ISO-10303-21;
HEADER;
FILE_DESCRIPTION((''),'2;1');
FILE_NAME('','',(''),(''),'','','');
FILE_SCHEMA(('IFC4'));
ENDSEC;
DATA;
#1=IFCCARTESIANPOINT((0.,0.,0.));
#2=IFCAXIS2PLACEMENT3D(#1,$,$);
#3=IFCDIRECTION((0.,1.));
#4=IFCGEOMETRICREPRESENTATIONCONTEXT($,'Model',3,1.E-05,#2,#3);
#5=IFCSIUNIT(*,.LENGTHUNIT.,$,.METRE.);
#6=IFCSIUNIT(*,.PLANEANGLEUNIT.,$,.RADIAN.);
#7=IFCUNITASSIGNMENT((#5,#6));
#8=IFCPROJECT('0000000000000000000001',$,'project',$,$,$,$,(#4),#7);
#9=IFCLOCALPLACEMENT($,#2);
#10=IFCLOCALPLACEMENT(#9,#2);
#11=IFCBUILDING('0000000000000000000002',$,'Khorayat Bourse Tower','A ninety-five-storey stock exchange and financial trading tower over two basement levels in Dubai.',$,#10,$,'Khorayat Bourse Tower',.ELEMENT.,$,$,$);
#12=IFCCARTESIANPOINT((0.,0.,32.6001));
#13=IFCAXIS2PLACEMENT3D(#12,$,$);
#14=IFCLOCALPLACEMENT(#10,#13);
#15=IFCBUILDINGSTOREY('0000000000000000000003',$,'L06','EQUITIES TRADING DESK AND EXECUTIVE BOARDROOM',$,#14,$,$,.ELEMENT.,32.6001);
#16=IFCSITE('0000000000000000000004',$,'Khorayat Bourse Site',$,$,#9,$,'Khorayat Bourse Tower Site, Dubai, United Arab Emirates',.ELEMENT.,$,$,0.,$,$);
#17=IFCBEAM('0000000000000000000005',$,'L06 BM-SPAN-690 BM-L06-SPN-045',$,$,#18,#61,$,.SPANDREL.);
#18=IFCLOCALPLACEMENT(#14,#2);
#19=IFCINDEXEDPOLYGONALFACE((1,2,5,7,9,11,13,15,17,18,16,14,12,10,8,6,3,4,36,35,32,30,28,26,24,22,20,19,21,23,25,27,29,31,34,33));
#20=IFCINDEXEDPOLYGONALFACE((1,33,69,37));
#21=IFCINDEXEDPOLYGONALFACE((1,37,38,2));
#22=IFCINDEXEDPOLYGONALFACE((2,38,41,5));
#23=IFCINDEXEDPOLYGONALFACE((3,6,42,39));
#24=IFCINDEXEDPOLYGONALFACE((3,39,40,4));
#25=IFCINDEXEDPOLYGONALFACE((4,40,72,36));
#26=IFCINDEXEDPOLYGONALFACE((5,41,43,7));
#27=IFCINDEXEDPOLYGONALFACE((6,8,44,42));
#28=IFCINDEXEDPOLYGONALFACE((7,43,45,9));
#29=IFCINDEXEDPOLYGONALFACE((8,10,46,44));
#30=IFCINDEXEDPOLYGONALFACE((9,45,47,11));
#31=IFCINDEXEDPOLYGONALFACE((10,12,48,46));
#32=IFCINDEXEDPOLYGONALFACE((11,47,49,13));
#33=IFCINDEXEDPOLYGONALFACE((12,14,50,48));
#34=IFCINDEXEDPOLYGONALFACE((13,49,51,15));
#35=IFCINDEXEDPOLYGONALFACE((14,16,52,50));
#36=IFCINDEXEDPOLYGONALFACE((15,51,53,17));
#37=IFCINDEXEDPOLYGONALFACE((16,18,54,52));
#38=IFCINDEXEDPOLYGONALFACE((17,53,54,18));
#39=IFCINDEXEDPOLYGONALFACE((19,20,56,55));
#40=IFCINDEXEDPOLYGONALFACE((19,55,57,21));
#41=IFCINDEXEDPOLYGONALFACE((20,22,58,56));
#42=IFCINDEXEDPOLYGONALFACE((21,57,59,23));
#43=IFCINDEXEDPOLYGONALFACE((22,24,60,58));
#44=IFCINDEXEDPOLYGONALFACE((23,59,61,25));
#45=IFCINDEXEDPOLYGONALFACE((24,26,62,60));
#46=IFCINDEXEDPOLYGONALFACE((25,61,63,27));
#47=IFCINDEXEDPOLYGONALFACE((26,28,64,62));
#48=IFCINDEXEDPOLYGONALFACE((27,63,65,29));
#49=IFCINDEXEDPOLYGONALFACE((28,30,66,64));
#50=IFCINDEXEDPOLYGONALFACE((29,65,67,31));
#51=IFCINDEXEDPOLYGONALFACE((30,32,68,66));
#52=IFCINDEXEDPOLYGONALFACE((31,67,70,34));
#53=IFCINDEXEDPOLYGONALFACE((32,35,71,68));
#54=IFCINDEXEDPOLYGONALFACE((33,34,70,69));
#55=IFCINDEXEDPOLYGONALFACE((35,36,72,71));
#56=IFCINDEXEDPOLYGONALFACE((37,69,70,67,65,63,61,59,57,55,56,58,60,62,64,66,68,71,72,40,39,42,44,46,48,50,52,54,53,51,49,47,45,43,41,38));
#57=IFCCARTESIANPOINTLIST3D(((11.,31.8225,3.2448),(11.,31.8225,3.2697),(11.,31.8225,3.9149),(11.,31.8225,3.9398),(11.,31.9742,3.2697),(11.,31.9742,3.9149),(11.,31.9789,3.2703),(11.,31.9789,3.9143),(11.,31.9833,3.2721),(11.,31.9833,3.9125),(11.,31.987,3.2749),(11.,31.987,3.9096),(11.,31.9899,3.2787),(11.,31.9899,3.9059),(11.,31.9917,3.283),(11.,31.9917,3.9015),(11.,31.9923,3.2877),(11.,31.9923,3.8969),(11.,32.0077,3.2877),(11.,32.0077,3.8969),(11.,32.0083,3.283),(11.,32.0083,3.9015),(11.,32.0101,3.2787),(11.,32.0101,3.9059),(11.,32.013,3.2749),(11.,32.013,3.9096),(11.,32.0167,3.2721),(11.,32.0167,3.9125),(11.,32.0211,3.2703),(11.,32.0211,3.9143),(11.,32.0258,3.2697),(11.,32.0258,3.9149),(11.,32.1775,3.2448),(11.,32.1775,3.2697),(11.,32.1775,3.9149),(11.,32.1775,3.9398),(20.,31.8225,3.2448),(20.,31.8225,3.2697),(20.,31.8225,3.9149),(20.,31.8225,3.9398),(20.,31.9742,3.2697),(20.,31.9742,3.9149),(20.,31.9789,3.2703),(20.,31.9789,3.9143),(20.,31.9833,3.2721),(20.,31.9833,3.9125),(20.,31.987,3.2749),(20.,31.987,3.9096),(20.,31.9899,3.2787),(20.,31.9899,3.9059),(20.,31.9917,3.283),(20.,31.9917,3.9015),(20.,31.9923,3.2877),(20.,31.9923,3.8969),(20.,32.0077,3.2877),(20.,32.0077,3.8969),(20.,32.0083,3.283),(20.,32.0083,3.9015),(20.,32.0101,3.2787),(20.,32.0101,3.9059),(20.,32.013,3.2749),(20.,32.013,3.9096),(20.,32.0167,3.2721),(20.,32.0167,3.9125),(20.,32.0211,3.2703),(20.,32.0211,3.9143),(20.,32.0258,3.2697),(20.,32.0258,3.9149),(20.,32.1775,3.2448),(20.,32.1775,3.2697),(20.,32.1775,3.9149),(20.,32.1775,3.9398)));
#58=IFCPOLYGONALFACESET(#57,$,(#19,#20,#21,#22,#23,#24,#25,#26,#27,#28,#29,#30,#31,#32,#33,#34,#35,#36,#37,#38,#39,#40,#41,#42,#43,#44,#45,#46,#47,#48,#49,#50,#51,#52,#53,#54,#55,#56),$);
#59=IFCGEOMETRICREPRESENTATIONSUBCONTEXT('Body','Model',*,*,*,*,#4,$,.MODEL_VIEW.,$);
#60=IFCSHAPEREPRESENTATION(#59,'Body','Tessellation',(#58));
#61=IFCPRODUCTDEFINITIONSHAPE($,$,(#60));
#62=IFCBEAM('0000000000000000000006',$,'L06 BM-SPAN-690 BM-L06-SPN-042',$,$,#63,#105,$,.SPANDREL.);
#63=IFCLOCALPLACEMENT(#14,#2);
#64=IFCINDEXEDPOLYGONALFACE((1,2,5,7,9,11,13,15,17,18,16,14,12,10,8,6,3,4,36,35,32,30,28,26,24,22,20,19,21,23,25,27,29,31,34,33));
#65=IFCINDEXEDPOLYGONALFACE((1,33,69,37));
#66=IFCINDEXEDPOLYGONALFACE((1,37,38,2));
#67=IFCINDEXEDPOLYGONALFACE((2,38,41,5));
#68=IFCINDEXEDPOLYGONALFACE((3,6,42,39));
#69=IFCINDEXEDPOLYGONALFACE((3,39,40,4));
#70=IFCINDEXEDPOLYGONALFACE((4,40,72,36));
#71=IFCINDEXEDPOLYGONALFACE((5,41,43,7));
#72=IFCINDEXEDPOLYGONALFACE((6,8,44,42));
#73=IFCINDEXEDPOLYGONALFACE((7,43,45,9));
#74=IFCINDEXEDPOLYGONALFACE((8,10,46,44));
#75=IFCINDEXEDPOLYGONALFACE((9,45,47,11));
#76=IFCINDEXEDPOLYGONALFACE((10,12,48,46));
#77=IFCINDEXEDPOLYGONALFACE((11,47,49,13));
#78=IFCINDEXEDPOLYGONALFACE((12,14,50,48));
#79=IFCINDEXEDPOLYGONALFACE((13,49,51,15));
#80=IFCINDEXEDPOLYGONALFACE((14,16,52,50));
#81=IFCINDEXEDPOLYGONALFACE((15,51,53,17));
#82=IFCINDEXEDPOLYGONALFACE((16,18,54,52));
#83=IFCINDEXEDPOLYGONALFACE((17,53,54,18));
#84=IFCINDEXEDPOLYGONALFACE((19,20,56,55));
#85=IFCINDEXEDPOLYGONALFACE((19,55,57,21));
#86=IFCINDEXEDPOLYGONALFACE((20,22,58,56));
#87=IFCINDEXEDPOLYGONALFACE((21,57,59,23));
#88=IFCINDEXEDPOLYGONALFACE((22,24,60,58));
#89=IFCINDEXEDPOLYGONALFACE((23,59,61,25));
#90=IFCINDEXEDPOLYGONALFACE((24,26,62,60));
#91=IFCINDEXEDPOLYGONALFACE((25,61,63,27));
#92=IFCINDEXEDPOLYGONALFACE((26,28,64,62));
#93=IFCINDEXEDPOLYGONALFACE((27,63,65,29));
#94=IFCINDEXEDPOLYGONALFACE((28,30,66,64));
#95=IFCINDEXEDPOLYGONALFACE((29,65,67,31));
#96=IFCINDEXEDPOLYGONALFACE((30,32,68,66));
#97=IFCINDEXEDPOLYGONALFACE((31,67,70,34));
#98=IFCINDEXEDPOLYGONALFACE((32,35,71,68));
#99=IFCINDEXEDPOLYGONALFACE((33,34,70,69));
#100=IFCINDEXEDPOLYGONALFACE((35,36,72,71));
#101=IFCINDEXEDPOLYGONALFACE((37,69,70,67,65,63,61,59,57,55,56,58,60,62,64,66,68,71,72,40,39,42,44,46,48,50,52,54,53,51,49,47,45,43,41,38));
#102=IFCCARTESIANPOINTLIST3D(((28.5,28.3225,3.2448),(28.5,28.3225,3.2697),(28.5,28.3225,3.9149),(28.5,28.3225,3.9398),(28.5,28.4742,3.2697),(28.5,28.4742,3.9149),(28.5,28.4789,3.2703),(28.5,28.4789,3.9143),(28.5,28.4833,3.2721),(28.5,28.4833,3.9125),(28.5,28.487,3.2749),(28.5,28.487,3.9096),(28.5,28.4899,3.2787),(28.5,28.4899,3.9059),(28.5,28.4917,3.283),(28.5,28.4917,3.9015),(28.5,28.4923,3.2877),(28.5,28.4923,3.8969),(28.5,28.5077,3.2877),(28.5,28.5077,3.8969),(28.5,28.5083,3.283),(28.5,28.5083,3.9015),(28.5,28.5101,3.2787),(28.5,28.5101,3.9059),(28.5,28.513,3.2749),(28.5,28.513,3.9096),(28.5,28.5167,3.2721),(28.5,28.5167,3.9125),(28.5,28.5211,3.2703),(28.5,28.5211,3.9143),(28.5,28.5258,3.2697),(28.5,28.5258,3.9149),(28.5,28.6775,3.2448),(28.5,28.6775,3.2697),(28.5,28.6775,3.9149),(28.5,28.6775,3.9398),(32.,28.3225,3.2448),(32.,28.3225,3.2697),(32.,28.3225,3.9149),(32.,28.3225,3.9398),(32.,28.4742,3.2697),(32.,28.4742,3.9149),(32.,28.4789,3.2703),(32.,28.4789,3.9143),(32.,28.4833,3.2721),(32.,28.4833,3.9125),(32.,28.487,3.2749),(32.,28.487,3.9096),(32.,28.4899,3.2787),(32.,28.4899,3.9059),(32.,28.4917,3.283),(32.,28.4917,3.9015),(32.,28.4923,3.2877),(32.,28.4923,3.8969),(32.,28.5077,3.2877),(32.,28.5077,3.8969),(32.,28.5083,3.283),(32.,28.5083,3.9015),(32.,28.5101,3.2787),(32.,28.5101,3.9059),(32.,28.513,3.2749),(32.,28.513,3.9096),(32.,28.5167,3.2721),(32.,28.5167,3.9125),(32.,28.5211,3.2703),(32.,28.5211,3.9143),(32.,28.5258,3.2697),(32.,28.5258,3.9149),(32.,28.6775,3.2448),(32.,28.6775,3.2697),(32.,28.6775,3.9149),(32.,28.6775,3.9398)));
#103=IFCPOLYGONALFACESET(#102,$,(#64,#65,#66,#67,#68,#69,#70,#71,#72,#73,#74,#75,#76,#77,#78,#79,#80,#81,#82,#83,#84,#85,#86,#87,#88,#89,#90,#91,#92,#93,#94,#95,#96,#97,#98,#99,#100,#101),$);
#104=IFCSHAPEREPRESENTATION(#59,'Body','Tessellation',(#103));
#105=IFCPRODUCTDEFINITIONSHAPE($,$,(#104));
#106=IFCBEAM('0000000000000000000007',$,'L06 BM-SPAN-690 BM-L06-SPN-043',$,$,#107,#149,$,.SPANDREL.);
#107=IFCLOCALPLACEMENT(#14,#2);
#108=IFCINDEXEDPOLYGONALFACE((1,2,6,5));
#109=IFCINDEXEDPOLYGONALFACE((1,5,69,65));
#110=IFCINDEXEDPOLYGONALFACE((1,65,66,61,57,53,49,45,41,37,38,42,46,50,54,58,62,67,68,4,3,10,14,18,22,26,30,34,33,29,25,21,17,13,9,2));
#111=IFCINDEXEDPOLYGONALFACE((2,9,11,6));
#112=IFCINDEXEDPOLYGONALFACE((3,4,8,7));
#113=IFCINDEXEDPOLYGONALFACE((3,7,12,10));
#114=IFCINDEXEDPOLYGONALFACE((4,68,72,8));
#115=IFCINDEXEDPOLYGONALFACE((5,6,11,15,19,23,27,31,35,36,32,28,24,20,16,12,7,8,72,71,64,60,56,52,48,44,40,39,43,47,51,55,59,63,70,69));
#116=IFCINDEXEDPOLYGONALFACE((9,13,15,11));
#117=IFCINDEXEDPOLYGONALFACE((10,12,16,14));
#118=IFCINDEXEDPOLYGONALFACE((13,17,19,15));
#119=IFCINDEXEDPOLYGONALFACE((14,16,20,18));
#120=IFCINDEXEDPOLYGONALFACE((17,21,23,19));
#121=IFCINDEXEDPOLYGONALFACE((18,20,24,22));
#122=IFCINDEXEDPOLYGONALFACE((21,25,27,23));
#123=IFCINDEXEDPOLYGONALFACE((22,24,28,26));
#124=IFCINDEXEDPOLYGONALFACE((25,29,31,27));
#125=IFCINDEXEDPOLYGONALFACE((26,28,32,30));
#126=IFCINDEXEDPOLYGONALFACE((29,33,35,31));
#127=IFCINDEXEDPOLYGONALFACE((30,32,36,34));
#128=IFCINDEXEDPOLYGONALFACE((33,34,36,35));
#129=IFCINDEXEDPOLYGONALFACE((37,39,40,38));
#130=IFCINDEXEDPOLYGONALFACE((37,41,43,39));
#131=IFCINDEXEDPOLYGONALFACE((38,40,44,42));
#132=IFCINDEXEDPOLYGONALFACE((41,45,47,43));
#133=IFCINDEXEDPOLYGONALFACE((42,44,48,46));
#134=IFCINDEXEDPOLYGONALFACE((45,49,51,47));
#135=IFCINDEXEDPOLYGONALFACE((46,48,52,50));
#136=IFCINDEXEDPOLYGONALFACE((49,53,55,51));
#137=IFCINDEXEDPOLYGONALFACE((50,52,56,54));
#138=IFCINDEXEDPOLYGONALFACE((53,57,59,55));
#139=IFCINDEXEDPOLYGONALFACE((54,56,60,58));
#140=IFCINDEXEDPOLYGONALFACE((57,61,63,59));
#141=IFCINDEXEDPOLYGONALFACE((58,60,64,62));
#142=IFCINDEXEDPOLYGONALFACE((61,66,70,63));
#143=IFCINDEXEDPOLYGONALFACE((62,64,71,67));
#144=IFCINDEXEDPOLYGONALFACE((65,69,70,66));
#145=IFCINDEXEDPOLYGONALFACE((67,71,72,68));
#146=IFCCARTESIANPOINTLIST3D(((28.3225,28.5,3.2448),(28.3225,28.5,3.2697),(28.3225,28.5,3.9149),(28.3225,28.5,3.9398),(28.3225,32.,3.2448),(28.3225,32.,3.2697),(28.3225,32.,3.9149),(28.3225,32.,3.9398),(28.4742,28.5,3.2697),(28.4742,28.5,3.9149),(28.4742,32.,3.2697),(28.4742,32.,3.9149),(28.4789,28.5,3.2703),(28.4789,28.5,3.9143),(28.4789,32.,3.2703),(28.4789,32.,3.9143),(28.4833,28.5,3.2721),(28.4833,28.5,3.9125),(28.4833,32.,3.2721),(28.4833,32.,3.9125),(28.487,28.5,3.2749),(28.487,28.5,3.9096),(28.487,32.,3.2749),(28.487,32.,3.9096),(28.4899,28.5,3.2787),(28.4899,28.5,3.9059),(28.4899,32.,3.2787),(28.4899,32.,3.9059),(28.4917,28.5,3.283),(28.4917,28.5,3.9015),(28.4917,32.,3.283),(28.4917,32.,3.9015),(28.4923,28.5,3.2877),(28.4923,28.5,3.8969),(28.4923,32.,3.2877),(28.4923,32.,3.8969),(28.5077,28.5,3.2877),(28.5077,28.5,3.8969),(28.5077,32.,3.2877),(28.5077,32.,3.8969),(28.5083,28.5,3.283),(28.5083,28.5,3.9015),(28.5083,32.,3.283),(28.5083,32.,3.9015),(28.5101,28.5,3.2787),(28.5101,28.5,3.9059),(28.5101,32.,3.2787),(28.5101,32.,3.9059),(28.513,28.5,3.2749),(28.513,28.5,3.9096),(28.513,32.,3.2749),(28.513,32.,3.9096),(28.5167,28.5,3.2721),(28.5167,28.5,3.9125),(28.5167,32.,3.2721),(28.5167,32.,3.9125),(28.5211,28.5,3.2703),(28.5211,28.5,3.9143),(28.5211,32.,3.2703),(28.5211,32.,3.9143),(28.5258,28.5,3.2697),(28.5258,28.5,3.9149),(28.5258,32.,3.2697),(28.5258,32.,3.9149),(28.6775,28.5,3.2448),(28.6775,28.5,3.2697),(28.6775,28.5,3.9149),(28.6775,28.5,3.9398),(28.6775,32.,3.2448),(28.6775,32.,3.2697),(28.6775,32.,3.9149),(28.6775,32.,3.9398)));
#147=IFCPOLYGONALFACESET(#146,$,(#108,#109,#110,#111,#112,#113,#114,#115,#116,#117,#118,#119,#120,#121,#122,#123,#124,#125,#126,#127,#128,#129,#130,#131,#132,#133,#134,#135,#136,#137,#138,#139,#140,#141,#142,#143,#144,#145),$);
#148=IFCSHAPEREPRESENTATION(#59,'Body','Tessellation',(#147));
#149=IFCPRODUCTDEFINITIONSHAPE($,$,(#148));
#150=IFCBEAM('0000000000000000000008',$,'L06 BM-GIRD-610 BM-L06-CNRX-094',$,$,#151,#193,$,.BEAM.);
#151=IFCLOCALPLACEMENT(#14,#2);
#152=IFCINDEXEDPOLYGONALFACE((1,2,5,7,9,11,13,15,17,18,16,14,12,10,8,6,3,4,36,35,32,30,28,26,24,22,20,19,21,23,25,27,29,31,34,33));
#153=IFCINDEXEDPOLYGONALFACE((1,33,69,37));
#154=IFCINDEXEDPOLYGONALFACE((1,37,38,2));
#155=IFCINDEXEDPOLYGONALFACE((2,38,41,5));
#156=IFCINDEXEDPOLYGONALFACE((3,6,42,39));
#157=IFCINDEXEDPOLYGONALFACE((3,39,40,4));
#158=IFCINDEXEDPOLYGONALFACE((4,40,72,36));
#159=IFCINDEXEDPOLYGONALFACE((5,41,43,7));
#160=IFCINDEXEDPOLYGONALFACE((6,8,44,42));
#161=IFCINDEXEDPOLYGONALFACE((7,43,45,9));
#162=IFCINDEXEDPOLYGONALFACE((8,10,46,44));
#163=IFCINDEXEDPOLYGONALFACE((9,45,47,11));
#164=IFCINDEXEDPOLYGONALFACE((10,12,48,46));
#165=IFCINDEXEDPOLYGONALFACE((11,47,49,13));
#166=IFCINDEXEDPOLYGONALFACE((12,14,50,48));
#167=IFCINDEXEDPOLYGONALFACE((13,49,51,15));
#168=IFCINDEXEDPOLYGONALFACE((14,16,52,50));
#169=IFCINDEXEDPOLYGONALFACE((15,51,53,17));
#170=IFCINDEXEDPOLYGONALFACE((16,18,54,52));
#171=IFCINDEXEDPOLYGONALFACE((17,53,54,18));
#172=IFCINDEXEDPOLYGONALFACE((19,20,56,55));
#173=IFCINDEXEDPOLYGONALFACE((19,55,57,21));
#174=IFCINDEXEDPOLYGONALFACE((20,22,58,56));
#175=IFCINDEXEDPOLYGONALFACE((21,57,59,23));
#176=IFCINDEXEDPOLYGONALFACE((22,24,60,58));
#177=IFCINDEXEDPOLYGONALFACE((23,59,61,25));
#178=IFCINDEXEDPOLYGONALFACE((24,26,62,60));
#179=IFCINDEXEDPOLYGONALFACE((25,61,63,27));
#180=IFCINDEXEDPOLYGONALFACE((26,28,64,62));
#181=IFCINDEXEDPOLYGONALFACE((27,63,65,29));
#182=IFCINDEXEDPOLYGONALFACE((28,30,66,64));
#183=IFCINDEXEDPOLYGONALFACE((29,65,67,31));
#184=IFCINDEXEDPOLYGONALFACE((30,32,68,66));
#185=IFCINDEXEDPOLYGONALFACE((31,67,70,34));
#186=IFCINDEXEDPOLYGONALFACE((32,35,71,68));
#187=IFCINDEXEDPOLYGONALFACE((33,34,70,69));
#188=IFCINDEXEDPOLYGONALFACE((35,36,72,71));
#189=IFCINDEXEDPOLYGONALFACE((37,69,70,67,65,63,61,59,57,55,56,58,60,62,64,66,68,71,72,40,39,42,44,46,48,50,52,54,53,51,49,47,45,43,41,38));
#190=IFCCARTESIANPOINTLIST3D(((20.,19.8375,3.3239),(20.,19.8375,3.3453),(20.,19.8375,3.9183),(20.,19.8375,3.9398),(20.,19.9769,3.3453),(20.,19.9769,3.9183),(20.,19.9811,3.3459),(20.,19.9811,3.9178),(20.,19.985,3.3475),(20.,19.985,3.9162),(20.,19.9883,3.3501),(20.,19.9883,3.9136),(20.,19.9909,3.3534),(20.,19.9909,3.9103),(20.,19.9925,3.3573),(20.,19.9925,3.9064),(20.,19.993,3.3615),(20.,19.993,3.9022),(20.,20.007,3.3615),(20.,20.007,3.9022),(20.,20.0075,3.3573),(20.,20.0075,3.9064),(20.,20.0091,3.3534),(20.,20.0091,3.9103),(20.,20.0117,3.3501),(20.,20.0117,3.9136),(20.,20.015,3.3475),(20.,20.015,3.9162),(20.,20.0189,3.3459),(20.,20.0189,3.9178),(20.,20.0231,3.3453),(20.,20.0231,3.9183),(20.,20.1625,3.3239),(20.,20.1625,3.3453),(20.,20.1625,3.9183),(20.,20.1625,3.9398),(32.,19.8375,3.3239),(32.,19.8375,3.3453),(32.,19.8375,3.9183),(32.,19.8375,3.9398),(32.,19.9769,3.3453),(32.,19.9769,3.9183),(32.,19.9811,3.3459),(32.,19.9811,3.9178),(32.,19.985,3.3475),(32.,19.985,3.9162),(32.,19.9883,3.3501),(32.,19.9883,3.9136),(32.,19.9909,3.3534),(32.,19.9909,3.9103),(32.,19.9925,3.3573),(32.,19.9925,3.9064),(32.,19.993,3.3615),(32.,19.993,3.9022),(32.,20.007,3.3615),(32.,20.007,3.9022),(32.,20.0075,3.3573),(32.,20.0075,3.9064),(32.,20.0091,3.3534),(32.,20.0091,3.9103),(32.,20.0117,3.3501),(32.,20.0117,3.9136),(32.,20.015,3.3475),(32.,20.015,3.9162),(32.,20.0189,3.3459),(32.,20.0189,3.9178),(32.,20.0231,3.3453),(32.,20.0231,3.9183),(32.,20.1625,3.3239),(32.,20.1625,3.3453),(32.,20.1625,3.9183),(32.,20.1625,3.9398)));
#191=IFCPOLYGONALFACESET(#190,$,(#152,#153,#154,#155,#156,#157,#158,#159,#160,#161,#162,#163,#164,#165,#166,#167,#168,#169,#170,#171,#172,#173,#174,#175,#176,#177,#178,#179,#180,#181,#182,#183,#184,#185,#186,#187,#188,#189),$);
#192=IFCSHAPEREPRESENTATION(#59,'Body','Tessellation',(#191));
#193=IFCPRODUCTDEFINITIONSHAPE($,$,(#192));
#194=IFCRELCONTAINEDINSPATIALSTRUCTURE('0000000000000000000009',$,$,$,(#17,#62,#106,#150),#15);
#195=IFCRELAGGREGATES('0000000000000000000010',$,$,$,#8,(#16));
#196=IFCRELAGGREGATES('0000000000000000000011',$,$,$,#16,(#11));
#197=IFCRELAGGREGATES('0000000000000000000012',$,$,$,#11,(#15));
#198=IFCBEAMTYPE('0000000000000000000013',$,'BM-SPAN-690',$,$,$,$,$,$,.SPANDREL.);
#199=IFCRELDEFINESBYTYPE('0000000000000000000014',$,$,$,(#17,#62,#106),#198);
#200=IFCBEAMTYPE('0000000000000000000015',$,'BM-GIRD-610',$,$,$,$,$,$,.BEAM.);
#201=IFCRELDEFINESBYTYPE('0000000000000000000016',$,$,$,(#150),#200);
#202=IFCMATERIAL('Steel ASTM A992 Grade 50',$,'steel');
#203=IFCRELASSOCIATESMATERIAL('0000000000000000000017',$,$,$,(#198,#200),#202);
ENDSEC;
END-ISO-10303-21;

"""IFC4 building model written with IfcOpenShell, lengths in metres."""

from ifc_helpers import new_model, si_unit, direction, frame, origin, origin_2d, place, context, subcontext, project, spatial, i_section, extrude, source, transform, mapped, material, material_profile, profile_set, type_object, element, save


model = new_model("IFC4")

# Units and contexts
model_context = context("Model", 3, precision=1e-05, world=origin(), true_north=direction((0.0, 1.0)))
body_context = subcontext(model_context, "Body", "Model", "MODEL_VIEW")
ifc_project = project(units=[si_unit("LENGTHUNIT", "METRE"), si_unit("PLANEANGLEUNIT", "RADIAN")], contexts=[model_context])

# Site, building, storey
site_placement = place(None, origin())
site = spatial("IfcSite", under=ifc_project, at=site_placement, Name="Khorayat Bourse Site", LongName="Khorayat Bourse Tower Site, Dubai, United Arab Emirates", CompositionType="ELEMENT", RefElevation=0.0)
building_placement = place(site_placement, origin())
building = spatial("IfcBuilding", under=site, at=building_placement, Name="Khorayat Bourse Tower", Description="A ninety-five-storey stock exchange and financial trading tower over two basement levels in Dubai.", LongName="Khorayat Bourse Tower", CompositionType="ELEMENT")
storey_placement = place(building_placement, frame((0.0, 0.0, 32.6001)))
storey = spatial("IfcBuildingStorey", under=building, at=storey_placement, Name="L06", Description="EQUITIES TRADING DESK AND EXECUTIVE BOARDROOM", CompositionType="ELEMENT", Elevation=32.6001)

# Beams
ifc_material_1 = material(Name="Steel ASTM A992 Grade 50", Category="steel")
ifc_material_profile_1 = material_profile(ifc_material_1, i_section(OverallWidth=0.355, OverallDepth=0.6951, WebThickness=0.0154, FlangeThickness=0.0249, FilletRadius=0.0181, at=origin_2d()), Name="W690X217")
ifc_profile_set_1 = profile_set([ifc_material_profile_1], Name="Steel ASTM A992 Grade 50")
beam_type_1 = type_object("IfcBeamType", Name="BM-SPAN-690", PredefinedType="SPANDREL", material=ifc_profile_set_1)
shared_shape_1 = source(origin(), body_context, "Body", "SweptSolid", [
    extrude(i_section(OverallWidth=0.355, OverallDepth=0.6951, WebThickness=0.0154, FlangeThickness=0.0249, FilletRadius=0.0181, at=origin_2d()), origin(), (0.0, 0.0, 1.0), 9.0),
])
beam_1_placement = place(storey_placement, frame((11.0, 32.0, 3.5923), z_axis=(1.0, 0.0, 0.0), x_axis=(0.0, 1.0, 0.0)))
element("IfcBeam", 1, at=beam_1_placement, inside=storey, type_object=beam_type_1, Name="L06 BM-SPAN-690 BM-L06-SPN-045", PredefinedType="SPANDREL", context=body_context, shape_type="MappedRepresentation", body=[
    mapped(shared_shape_1, transform((0.0, 0.0, 0.0), scale=1.0)),
])
shared_shape_2 = source(origin(), body_context, "Body", "SweptSolid", [
    extrude(i_section(OverallWidth=0.355, OverallDepth=0.6951, WebThickness=0.0154, FlangeThickness=0.0249, FilletRadius=0.0181, at=origin_2d()), origin(), (0.0, 0.0, 1.0), 3.5),
])
for number, where, z_axis, x_axis, name in (
    (2, (28.5, 28.5, 3.5923), (1.0, 0.0, 0.0), (0.0, 1.0, 0.0), "L06 BM-SPAN-690 BM-L06-SPN-042"),
    (3, (28.5, 28.5, 3.5923), (0.0, 1.0, 0.0), (-1.0, 0.0, 0.0), "L06 BM-SPAN-690 BM-L06-SPN-043"),
):
    element("IfcBeam", number, at=place(storey_placement, frame(where, z_axis=z_axis, x_axis=x_axis)), inside=storey, type_object=beam_type_1, Name=name, PredefinedType="SPANDREL", context=body_context, shape_type="MappedRepresentation", body=[
        mapped(shared_shape_2, transform((0.0, 0.0, 0.0), scale=1.0)),
    ])
ifc_material_profile_2 = material_profile(ifc_material_1, i_section(OverallWidth=0.325, OverallDepth=0.616, WebThickness=0.0139, FlangeThickness=0.0215, FilletRadius=0.0161, at=origin_2d()), Name="W610X174")
ifc_profile_set_2 = profile_set([ifc_material_profile_2], Name="Steel ASTM A992 Grade 50")
beam_type_2 = type_object("IfcBeamType", Name="BM-GIRD-610", PredefinedType="BEAM", material=ifc_profile_set_2)
shared_shape_3 = source(origin(), body_context, "Body", "SweptSolid", [
    extrude(i_section(OverallWidth=0.325, OverallDepth=0.616, WebThickness=0.0139, FlangeThickness=0.0215, FilletRadius=0.0161, at=origin_2d()), origin(), (0.0, 0.0, 1.0), 12.0),
])
beam_2_placement = place(storey_placement, frame((20.0, 20.0, 3.6318), z_axis=(1.0, 0.0, 0.0), x_axis=(0.0, 1.0, 0.0)))
element("IfcBeam", 4, at=beam_2_placement, inside=storey, type_object=beam_type_2, Name="L06 BM-GIRD-610 BM-L06-CNRX-094", PredefinedType="BEAM", context=body_context, shape_type="MappedRepresentation", body=[
    mapped(shared_shape_3, transform((0.0, 0.0, 0.0), scale=1.0)),
])

save(model, "model.ifc")
